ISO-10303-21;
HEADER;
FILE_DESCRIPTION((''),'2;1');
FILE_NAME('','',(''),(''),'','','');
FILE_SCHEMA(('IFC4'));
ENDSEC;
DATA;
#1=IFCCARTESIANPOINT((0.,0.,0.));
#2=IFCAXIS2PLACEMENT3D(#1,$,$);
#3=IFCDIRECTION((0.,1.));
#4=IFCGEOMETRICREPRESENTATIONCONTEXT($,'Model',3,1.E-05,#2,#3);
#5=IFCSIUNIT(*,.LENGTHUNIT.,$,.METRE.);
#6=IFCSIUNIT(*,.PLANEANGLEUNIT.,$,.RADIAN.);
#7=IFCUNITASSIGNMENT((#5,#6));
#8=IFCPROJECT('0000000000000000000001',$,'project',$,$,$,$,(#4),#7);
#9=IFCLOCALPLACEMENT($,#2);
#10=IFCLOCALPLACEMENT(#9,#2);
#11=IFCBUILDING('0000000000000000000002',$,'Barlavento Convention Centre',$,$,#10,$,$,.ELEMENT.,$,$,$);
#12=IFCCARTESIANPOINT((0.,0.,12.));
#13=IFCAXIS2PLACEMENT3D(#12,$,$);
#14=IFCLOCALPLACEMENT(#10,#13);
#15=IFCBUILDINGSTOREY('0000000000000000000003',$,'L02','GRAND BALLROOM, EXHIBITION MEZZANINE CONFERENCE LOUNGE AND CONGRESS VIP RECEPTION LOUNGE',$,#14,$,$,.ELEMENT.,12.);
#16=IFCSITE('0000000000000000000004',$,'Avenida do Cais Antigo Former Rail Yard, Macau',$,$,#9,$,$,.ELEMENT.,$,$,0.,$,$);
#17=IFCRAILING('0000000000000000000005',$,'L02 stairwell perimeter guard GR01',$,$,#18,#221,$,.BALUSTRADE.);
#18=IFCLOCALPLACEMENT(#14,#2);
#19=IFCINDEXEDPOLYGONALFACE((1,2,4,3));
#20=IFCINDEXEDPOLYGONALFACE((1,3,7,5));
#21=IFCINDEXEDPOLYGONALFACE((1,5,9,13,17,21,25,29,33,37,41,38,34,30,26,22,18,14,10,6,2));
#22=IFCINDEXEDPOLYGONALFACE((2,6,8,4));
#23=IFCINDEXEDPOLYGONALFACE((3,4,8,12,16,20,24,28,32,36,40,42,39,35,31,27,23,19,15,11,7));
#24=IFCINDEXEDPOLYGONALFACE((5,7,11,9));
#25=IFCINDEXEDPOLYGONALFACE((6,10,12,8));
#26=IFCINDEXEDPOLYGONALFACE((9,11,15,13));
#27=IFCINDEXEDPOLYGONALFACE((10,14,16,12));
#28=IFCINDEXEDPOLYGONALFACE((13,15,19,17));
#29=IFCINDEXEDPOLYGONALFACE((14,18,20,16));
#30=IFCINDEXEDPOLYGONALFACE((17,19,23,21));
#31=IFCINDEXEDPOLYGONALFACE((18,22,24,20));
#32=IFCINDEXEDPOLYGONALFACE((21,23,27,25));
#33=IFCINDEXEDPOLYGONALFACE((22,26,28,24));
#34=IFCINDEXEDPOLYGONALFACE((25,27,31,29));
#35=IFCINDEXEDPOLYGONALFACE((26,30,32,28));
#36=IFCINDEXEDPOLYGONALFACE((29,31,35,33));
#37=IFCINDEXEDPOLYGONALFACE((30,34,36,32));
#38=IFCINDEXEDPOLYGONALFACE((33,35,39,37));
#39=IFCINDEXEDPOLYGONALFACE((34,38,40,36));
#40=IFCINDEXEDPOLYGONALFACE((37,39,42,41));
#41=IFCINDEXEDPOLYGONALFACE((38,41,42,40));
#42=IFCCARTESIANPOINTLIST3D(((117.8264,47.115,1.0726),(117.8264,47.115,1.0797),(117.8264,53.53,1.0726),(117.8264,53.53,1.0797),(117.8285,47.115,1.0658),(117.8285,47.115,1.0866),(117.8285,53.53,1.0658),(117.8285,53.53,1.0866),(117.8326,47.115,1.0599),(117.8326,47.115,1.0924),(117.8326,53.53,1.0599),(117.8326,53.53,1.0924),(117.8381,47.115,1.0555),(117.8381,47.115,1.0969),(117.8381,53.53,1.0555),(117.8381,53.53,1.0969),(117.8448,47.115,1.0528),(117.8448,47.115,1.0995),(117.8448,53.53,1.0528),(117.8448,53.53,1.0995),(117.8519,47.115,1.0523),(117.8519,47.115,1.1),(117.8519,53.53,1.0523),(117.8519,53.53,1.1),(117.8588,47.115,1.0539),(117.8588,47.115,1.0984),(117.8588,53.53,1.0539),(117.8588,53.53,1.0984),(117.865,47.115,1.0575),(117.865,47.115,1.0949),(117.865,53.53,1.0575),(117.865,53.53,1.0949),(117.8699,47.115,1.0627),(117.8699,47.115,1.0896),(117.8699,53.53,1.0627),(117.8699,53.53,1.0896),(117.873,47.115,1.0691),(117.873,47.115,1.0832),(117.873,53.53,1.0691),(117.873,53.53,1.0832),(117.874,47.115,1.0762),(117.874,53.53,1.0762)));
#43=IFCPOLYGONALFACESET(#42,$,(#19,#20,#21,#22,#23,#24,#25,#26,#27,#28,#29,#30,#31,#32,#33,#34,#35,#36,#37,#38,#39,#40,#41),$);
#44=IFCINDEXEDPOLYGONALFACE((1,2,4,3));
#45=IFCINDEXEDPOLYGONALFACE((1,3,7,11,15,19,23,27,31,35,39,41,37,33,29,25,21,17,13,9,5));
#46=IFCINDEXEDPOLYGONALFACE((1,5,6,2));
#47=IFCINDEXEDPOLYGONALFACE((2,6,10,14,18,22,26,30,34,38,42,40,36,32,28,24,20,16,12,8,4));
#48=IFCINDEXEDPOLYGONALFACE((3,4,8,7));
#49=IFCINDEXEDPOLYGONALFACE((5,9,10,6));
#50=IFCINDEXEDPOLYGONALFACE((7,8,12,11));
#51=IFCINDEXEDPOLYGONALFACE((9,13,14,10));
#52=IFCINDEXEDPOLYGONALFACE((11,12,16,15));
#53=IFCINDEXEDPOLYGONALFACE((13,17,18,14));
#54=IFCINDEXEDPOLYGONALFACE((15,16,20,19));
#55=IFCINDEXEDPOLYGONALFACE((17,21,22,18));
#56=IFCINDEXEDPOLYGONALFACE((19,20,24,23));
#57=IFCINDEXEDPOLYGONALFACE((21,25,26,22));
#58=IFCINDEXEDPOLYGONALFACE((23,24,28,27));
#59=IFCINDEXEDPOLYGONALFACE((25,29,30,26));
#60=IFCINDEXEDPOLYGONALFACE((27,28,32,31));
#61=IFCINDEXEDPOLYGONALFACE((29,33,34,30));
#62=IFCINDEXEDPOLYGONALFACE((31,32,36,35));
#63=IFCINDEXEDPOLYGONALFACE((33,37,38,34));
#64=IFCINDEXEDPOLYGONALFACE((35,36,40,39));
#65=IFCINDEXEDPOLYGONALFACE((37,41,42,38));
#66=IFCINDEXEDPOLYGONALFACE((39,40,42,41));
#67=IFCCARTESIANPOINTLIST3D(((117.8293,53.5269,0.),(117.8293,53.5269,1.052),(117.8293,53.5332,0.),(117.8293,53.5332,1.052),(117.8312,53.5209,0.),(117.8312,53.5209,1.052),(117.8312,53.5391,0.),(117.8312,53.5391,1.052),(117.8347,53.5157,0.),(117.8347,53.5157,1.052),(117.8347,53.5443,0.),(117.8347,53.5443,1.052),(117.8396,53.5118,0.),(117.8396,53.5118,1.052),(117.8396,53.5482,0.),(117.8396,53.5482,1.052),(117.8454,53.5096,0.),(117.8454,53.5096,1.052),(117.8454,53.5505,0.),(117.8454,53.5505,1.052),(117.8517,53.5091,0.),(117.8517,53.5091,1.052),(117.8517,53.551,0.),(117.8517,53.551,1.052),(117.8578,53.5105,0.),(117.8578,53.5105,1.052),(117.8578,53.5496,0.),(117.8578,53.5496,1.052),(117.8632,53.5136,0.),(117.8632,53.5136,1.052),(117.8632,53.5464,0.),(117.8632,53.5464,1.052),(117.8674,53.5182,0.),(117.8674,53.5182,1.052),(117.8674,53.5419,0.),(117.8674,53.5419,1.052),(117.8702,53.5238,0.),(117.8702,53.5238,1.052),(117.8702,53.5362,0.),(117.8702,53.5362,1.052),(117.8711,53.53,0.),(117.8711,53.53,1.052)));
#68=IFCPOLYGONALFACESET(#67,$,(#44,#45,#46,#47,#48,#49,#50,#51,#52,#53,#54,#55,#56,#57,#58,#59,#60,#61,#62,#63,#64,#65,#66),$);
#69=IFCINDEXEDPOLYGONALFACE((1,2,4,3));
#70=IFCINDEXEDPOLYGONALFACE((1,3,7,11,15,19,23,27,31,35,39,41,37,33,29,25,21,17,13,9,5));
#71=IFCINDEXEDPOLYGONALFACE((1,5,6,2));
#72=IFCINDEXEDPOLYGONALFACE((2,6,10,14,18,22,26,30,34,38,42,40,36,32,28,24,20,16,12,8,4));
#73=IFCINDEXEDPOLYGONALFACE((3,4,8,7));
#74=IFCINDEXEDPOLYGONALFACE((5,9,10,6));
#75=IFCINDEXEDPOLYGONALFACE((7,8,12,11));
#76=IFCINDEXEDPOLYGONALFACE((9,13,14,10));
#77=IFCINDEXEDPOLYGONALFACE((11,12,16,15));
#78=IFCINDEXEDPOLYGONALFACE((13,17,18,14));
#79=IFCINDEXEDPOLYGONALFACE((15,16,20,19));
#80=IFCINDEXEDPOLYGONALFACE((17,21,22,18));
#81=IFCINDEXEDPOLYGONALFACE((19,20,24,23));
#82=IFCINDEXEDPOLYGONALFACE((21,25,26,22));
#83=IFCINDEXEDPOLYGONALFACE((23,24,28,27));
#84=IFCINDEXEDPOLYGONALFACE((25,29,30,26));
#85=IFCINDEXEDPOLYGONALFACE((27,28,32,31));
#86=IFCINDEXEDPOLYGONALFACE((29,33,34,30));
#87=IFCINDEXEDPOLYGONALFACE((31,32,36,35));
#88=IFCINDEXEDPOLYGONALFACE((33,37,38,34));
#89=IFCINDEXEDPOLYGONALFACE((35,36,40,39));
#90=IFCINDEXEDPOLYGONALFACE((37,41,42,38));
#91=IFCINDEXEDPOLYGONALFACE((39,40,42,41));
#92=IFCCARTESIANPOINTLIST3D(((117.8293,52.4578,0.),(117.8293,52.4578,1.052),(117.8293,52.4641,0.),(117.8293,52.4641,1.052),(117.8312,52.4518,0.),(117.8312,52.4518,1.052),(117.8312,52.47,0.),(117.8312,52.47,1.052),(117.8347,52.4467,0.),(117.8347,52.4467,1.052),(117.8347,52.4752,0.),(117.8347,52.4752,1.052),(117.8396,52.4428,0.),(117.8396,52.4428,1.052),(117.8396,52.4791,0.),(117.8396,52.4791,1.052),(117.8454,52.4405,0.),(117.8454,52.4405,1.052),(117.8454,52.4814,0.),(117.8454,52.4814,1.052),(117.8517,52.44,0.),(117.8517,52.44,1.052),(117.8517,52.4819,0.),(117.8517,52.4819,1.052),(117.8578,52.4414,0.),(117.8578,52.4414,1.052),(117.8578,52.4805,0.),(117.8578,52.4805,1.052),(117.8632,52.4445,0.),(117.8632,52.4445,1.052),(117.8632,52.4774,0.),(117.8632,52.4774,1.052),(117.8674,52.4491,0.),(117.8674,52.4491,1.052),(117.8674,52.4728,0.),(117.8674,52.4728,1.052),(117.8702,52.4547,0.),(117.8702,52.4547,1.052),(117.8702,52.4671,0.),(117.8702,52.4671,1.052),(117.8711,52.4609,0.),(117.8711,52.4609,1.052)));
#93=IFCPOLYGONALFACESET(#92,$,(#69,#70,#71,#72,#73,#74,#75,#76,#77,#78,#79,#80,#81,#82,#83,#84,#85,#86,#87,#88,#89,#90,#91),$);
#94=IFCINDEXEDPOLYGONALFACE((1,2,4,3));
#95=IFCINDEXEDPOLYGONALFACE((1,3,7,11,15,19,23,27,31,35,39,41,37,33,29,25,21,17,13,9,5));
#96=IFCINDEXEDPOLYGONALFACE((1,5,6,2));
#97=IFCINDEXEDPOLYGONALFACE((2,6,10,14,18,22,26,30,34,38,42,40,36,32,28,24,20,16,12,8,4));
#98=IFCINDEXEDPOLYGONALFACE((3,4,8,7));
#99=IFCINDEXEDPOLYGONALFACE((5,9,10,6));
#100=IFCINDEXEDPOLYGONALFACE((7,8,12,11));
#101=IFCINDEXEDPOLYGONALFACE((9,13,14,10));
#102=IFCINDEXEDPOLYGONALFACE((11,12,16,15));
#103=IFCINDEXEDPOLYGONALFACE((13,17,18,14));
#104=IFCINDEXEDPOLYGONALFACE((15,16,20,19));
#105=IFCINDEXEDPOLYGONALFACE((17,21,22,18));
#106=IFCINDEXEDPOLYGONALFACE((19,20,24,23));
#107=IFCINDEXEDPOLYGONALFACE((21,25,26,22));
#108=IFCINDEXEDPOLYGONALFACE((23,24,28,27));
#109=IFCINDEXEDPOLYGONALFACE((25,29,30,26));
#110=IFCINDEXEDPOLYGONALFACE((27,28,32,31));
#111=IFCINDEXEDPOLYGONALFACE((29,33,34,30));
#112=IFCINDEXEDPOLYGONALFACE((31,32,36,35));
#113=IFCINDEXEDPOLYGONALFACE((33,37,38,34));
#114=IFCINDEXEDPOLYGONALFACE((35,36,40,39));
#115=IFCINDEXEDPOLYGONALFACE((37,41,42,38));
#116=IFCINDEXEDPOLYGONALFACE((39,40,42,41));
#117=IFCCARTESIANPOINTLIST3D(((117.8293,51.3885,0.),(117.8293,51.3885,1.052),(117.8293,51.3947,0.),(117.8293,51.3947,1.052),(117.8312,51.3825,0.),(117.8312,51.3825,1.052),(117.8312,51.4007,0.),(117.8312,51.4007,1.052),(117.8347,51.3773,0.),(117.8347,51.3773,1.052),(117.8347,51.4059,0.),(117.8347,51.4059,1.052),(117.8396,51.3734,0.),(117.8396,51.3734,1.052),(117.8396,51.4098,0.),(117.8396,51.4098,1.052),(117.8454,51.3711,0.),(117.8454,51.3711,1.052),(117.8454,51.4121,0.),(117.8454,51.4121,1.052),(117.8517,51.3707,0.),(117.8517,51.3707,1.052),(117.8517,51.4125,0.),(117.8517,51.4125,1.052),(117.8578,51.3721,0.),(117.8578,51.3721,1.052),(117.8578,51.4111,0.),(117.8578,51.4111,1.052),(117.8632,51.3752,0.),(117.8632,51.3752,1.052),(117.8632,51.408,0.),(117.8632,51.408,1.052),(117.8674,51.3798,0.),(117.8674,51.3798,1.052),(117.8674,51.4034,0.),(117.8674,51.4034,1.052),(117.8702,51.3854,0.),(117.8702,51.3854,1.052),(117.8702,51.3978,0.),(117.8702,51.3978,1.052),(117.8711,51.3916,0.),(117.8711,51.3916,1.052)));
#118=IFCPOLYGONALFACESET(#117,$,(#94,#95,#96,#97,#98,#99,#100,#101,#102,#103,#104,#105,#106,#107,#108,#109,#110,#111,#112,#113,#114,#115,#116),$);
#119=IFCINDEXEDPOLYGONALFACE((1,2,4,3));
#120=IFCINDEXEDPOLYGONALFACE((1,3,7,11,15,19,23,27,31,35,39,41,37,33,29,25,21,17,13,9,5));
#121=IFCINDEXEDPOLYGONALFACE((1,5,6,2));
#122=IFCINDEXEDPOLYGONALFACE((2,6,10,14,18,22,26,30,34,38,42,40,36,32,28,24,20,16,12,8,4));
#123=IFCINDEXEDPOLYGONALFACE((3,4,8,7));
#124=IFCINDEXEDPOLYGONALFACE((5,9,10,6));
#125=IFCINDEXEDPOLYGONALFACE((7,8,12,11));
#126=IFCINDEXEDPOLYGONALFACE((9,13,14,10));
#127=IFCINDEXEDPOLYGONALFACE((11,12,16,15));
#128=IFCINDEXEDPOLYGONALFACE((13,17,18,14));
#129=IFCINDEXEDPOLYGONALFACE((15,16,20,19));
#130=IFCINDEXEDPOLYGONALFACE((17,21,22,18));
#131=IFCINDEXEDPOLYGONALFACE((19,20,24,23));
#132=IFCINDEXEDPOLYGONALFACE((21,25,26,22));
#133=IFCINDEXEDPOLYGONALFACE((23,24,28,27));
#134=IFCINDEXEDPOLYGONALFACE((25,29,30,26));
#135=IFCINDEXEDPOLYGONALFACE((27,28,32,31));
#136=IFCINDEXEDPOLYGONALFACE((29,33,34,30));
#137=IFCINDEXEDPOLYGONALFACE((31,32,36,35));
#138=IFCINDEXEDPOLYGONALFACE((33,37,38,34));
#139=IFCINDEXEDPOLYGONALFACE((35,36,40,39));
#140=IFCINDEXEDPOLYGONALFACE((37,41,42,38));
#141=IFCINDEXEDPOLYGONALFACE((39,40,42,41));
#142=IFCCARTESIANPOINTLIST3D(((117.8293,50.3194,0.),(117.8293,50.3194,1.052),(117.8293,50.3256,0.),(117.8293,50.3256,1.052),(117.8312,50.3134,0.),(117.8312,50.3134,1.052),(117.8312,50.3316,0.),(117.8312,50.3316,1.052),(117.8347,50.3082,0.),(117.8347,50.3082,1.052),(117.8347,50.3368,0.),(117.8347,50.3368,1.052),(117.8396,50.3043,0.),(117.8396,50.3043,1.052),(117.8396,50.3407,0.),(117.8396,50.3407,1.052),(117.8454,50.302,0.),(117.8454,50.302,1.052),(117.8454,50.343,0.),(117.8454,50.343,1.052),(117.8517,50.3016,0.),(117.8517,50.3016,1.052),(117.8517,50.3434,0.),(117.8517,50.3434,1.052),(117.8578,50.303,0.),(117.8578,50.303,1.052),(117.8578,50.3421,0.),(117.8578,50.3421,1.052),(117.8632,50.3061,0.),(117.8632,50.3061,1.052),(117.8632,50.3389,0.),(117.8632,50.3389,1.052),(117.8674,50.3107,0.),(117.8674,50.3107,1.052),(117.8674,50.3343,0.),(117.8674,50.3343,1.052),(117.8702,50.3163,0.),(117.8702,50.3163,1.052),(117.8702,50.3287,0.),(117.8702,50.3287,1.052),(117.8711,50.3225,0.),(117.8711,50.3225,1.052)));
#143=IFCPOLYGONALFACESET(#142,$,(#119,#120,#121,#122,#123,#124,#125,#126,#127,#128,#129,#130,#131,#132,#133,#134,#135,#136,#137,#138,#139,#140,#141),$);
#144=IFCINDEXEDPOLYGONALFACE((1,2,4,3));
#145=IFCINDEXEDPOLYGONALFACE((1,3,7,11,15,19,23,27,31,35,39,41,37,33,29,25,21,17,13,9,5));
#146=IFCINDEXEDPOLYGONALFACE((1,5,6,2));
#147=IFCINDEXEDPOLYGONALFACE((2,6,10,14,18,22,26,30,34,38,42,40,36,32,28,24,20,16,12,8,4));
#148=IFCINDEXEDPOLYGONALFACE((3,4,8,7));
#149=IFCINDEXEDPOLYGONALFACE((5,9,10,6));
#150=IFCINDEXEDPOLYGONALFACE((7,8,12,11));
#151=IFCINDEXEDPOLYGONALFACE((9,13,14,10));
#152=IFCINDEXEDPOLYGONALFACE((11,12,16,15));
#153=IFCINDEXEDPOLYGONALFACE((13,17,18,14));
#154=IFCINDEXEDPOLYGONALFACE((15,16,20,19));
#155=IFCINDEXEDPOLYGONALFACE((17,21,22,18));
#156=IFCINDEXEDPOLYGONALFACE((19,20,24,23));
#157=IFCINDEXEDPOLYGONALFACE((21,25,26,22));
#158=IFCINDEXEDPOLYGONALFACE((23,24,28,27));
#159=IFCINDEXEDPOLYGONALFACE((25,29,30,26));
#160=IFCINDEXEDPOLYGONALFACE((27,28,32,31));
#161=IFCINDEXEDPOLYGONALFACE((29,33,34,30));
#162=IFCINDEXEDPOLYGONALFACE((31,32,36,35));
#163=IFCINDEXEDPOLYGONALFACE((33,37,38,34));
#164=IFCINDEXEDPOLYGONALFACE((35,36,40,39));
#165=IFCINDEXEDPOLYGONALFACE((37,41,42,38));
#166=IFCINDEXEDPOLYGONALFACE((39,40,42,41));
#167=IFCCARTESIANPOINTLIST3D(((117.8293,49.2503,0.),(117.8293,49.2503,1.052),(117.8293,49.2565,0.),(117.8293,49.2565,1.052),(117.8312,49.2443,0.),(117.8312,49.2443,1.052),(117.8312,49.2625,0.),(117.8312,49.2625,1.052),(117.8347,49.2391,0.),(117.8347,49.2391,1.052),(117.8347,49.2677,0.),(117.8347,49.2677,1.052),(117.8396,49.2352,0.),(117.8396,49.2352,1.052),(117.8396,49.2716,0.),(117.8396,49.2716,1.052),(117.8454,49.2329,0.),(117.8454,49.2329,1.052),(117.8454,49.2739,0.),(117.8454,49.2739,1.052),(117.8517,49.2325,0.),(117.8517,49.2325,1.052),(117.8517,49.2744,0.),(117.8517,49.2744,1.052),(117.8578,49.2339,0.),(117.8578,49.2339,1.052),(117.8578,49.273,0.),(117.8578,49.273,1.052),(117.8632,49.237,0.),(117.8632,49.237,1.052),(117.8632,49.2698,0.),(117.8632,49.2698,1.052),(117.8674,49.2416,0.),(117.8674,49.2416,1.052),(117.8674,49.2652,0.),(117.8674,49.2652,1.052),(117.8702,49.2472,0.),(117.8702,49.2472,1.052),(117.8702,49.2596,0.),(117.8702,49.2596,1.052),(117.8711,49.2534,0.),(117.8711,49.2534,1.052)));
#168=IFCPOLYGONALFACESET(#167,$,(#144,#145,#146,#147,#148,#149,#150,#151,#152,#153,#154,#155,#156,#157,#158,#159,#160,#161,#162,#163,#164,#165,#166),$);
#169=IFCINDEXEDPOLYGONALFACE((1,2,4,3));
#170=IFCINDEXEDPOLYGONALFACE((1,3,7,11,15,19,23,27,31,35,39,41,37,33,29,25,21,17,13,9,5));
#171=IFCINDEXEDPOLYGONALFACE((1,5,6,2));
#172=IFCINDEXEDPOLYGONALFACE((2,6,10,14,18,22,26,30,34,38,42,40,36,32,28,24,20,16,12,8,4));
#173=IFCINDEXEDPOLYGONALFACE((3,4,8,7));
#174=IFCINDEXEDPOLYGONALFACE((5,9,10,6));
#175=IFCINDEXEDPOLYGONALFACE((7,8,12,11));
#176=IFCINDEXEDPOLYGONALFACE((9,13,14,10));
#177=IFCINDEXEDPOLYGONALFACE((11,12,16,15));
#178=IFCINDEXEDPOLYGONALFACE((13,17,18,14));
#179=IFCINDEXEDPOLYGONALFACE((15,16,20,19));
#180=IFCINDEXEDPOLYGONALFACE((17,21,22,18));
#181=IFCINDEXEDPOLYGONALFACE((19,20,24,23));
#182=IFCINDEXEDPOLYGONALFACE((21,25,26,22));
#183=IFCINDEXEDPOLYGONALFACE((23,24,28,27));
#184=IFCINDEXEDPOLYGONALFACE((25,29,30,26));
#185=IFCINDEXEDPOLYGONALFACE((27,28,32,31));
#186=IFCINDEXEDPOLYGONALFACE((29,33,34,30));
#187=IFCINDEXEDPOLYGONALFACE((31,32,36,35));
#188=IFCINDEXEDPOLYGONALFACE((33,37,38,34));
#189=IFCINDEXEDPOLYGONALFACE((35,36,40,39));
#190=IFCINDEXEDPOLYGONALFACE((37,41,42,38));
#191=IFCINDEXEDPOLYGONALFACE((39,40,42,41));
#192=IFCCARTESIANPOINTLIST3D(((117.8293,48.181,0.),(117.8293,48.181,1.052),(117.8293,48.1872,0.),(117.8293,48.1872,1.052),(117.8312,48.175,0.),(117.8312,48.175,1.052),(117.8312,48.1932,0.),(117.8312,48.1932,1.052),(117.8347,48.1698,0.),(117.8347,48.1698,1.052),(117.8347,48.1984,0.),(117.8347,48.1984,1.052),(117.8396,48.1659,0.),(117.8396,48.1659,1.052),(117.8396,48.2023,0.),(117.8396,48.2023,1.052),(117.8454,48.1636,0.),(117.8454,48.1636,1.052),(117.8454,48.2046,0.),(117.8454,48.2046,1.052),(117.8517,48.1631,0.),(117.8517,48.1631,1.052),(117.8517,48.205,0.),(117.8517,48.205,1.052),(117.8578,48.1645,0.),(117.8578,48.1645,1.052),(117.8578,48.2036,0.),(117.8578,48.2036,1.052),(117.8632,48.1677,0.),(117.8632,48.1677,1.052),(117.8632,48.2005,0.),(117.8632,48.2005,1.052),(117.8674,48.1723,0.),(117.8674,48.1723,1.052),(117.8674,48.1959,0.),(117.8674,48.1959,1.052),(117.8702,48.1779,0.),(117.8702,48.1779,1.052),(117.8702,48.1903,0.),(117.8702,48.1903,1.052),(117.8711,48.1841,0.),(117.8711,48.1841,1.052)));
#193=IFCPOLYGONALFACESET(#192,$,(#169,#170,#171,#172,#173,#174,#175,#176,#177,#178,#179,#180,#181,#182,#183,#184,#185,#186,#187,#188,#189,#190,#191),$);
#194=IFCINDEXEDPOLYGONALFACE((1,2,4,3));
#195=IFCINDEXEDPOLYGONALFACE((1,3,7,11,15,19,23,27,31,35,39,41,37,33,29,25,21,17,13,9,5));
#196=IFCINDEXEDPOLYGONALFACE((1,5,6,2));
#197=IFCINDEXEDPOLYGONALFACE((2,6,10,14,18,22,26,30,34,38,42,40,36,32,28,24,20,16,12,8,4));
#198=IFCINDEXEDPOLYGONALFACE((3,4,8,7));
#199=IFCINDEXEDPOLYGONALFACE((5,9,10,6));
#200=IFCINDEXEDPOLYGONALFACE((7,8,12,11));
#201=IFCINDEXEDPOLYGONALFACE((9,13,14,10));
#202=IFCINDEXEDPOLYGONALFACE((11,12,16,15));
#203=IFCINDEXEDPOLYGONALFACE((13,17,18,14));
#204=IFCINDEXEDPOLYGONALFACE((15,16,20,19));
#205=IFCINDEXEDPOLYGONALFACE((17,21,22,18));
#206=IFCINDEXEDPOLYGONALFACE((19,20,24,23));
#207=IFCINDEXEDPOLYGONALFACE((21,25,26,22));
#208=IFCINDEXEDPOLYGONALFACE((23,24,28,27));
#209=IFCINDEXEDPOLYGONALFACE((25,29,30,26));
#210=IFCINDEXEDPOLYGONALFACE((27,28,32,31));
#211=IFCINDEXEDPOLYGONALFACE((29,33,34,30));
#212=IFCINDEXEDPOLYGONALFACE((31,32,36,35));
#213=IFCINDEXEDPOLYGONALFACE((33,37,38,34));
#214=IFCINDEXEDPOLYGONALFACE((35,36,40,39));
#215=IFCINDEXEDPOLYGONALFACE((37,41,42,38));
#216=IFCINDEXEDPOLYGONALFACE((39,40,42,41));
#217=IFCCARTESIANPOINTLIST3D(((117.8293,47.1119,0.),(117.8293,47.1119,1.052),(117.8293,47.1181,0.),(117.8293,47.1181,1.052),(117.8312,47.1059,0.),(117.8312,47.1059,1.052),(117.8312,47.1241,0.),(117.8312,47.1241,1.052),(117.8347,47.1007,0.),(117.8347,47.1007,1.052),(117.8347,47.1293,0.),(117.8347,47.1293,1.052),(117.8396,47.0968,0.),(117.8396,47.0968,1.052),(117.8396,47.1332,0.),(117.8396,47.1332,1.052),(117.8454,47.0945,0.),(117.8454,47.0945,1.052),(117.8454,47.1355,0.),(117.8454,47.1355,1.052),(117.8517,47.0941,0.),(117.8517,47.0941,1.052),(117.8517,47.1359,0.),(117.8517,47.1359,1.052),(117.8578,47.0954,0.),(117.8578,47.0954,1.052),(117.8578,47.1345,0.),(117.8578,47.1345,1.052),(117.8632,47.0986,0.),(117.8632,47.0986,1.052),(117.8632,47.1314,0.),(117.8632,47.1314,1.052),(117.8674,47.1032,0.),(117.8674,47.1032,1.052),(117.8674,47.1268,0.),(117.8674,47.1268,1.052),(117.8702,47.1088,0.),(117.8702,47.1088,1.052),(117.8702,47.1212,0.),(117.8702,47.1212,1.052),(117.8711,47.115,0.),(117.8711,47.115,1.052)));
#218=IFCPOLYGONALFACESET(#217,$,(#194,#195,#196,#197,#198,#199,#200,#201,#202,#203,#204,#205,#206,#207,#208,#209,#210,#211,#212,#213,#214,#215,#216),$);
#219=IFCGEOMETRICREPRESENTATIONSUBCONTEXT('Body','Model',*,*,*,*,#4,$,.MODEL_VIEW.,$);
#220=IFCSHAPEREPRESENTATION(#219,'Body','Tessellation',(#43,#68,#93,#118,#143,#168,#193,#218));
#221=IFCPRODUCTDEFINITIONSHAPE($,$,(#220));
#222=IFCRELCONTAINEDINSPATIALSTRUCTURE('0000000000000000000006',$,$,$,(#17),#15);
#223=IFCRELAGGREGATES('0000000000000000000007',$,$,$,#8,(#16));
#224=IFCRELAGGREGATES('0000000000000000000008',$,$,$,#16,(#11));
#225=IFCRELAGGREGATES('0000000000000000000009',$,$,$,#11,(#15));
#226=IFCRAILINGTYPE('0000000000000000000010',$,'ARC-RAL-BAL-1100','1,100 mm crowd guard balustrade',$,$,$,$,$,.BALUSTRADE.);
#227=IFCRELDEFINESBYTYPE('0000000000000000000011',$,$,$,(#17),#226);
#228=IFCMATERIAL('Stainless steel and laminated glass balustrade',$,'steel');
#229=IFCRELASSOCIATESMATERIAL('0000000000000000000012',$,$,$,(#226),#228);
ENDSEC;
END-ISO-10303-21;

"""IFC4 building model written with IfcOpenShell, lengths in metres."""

from ifc_helpers import new_model, si_unit, direction, frame, origin, origin_2d, place, context, subcontext, project, spatial, circle, extrude, material, type_object, element, save


model = new_model("IFC4")

# Units and contexts
model_context = context("Model", 3, precision=1e-05, world=origin(), true_north=direction((0.0, 1.0)))
body_context = subcontext(model_context, "Body", "Model", "MODEL_VIEW")
ifc_project = project(units=[si_unit("LENGTHUNIT", "METRE"), si_unit("PLANEANGLEUNIT", "RADIAN")], contexts=[model_context])

# Site, building, storey
site_placement = place(None, origin())
site = spatial("IfcSite", under=ifc_project, at=site_placement, Name="Avenida do Cais Antigo Former Rail Yard, Macau", CompositionType="ELEMENT", RefElevation=0.0)
building_placement = place(site_placement, origin())
building = spatial("IfcBuilding", under=site, at=building_placement, Name="Barlavento Convention Centre", CompositionType="ELEMENT")
storey_placement = place(building_placement, frame((0.0, 0.0, 12.0)))
storey = spatial("IfcBuildingStorey", under=building, at=storey_placement, Name="L02", Description="GRAND BALLROOM, EXHIBITION MEZZANINE CONFERENCE LOUNGE AND CONGRESS VIP RECEPTION LOUNGE", CompositionType="ELEMENT", Elevation=12.0)

# Railing
ifc_material_1 = material(Name="Stainless steel and laminated glass balustrade", Category="steel")
railing_type_1 = type_object("IfcRailingType", Name="ARC-RAL-BAL-1100", Description="1,100 mm crowd guard balustrade", PredefinedType="BALUSTRADE", material=ifc_material_1)
railing_1_placement = place(storey_placement, frame((117.8501, 53.53, 0.0)))
element("IfcRailing", 1, at=railing_1_placement, inside=storey, type_object=railing_type_1, Name="L02 stairwell perimeter guard GR01", PredefinedType="BALUSTRADE", context=body_context, shape_type="SweptSolid", body=[
    extrude(circle(Radius=0.0239, at=origin_2d()), frame((0.0, 0.0, 1.0762), z_axis=(0.0, -1.0, 0.0), x_axis=(1.0, 0.0, 0.0)), (0.0, 0.0, 1.0), 6.415),
    extrude(circle(Radius=0.021, at=origin_2d()), origin(), (0.0, 0.0, 1.0), 1.052),
    extrude(circle(Radius=0.021, at=origin_2d()), frame((0.0, -1.0691, 0.0)), (0.0, 0.0, 1.0), 1.052),
    extrude(circle(Radius=0.021, at=origin_2d()), frame((0.0, -2.1384, 0.0)), (0.0, 0.0, 1.0), 1.052),
    extrude(circle(Radius=0.021, at=origin_2d()), frame((0.0, -3.2075, 0.0)), (0.0, 0.0, 1.0), 1.052),
    extrude(circle(Radius=0.021, at=origin_2d()), frame((0.0, -4.2766, 0.0)), (0.0, 0.0, 1.0), 1.052),
    extrude(circle(Radius=0.021, at=origin_2d()), frame((0.0, -5.3459, 0.0)), (0.0, 0.0, 1.0), 1.052),
    extrude(circle(Radius=0.021, at=origin_2d()), frame((0.0, -6.415, 0.0)), (0.0, 0.0, 1.0), 1.052),
])

save(model, "model.ifc")
